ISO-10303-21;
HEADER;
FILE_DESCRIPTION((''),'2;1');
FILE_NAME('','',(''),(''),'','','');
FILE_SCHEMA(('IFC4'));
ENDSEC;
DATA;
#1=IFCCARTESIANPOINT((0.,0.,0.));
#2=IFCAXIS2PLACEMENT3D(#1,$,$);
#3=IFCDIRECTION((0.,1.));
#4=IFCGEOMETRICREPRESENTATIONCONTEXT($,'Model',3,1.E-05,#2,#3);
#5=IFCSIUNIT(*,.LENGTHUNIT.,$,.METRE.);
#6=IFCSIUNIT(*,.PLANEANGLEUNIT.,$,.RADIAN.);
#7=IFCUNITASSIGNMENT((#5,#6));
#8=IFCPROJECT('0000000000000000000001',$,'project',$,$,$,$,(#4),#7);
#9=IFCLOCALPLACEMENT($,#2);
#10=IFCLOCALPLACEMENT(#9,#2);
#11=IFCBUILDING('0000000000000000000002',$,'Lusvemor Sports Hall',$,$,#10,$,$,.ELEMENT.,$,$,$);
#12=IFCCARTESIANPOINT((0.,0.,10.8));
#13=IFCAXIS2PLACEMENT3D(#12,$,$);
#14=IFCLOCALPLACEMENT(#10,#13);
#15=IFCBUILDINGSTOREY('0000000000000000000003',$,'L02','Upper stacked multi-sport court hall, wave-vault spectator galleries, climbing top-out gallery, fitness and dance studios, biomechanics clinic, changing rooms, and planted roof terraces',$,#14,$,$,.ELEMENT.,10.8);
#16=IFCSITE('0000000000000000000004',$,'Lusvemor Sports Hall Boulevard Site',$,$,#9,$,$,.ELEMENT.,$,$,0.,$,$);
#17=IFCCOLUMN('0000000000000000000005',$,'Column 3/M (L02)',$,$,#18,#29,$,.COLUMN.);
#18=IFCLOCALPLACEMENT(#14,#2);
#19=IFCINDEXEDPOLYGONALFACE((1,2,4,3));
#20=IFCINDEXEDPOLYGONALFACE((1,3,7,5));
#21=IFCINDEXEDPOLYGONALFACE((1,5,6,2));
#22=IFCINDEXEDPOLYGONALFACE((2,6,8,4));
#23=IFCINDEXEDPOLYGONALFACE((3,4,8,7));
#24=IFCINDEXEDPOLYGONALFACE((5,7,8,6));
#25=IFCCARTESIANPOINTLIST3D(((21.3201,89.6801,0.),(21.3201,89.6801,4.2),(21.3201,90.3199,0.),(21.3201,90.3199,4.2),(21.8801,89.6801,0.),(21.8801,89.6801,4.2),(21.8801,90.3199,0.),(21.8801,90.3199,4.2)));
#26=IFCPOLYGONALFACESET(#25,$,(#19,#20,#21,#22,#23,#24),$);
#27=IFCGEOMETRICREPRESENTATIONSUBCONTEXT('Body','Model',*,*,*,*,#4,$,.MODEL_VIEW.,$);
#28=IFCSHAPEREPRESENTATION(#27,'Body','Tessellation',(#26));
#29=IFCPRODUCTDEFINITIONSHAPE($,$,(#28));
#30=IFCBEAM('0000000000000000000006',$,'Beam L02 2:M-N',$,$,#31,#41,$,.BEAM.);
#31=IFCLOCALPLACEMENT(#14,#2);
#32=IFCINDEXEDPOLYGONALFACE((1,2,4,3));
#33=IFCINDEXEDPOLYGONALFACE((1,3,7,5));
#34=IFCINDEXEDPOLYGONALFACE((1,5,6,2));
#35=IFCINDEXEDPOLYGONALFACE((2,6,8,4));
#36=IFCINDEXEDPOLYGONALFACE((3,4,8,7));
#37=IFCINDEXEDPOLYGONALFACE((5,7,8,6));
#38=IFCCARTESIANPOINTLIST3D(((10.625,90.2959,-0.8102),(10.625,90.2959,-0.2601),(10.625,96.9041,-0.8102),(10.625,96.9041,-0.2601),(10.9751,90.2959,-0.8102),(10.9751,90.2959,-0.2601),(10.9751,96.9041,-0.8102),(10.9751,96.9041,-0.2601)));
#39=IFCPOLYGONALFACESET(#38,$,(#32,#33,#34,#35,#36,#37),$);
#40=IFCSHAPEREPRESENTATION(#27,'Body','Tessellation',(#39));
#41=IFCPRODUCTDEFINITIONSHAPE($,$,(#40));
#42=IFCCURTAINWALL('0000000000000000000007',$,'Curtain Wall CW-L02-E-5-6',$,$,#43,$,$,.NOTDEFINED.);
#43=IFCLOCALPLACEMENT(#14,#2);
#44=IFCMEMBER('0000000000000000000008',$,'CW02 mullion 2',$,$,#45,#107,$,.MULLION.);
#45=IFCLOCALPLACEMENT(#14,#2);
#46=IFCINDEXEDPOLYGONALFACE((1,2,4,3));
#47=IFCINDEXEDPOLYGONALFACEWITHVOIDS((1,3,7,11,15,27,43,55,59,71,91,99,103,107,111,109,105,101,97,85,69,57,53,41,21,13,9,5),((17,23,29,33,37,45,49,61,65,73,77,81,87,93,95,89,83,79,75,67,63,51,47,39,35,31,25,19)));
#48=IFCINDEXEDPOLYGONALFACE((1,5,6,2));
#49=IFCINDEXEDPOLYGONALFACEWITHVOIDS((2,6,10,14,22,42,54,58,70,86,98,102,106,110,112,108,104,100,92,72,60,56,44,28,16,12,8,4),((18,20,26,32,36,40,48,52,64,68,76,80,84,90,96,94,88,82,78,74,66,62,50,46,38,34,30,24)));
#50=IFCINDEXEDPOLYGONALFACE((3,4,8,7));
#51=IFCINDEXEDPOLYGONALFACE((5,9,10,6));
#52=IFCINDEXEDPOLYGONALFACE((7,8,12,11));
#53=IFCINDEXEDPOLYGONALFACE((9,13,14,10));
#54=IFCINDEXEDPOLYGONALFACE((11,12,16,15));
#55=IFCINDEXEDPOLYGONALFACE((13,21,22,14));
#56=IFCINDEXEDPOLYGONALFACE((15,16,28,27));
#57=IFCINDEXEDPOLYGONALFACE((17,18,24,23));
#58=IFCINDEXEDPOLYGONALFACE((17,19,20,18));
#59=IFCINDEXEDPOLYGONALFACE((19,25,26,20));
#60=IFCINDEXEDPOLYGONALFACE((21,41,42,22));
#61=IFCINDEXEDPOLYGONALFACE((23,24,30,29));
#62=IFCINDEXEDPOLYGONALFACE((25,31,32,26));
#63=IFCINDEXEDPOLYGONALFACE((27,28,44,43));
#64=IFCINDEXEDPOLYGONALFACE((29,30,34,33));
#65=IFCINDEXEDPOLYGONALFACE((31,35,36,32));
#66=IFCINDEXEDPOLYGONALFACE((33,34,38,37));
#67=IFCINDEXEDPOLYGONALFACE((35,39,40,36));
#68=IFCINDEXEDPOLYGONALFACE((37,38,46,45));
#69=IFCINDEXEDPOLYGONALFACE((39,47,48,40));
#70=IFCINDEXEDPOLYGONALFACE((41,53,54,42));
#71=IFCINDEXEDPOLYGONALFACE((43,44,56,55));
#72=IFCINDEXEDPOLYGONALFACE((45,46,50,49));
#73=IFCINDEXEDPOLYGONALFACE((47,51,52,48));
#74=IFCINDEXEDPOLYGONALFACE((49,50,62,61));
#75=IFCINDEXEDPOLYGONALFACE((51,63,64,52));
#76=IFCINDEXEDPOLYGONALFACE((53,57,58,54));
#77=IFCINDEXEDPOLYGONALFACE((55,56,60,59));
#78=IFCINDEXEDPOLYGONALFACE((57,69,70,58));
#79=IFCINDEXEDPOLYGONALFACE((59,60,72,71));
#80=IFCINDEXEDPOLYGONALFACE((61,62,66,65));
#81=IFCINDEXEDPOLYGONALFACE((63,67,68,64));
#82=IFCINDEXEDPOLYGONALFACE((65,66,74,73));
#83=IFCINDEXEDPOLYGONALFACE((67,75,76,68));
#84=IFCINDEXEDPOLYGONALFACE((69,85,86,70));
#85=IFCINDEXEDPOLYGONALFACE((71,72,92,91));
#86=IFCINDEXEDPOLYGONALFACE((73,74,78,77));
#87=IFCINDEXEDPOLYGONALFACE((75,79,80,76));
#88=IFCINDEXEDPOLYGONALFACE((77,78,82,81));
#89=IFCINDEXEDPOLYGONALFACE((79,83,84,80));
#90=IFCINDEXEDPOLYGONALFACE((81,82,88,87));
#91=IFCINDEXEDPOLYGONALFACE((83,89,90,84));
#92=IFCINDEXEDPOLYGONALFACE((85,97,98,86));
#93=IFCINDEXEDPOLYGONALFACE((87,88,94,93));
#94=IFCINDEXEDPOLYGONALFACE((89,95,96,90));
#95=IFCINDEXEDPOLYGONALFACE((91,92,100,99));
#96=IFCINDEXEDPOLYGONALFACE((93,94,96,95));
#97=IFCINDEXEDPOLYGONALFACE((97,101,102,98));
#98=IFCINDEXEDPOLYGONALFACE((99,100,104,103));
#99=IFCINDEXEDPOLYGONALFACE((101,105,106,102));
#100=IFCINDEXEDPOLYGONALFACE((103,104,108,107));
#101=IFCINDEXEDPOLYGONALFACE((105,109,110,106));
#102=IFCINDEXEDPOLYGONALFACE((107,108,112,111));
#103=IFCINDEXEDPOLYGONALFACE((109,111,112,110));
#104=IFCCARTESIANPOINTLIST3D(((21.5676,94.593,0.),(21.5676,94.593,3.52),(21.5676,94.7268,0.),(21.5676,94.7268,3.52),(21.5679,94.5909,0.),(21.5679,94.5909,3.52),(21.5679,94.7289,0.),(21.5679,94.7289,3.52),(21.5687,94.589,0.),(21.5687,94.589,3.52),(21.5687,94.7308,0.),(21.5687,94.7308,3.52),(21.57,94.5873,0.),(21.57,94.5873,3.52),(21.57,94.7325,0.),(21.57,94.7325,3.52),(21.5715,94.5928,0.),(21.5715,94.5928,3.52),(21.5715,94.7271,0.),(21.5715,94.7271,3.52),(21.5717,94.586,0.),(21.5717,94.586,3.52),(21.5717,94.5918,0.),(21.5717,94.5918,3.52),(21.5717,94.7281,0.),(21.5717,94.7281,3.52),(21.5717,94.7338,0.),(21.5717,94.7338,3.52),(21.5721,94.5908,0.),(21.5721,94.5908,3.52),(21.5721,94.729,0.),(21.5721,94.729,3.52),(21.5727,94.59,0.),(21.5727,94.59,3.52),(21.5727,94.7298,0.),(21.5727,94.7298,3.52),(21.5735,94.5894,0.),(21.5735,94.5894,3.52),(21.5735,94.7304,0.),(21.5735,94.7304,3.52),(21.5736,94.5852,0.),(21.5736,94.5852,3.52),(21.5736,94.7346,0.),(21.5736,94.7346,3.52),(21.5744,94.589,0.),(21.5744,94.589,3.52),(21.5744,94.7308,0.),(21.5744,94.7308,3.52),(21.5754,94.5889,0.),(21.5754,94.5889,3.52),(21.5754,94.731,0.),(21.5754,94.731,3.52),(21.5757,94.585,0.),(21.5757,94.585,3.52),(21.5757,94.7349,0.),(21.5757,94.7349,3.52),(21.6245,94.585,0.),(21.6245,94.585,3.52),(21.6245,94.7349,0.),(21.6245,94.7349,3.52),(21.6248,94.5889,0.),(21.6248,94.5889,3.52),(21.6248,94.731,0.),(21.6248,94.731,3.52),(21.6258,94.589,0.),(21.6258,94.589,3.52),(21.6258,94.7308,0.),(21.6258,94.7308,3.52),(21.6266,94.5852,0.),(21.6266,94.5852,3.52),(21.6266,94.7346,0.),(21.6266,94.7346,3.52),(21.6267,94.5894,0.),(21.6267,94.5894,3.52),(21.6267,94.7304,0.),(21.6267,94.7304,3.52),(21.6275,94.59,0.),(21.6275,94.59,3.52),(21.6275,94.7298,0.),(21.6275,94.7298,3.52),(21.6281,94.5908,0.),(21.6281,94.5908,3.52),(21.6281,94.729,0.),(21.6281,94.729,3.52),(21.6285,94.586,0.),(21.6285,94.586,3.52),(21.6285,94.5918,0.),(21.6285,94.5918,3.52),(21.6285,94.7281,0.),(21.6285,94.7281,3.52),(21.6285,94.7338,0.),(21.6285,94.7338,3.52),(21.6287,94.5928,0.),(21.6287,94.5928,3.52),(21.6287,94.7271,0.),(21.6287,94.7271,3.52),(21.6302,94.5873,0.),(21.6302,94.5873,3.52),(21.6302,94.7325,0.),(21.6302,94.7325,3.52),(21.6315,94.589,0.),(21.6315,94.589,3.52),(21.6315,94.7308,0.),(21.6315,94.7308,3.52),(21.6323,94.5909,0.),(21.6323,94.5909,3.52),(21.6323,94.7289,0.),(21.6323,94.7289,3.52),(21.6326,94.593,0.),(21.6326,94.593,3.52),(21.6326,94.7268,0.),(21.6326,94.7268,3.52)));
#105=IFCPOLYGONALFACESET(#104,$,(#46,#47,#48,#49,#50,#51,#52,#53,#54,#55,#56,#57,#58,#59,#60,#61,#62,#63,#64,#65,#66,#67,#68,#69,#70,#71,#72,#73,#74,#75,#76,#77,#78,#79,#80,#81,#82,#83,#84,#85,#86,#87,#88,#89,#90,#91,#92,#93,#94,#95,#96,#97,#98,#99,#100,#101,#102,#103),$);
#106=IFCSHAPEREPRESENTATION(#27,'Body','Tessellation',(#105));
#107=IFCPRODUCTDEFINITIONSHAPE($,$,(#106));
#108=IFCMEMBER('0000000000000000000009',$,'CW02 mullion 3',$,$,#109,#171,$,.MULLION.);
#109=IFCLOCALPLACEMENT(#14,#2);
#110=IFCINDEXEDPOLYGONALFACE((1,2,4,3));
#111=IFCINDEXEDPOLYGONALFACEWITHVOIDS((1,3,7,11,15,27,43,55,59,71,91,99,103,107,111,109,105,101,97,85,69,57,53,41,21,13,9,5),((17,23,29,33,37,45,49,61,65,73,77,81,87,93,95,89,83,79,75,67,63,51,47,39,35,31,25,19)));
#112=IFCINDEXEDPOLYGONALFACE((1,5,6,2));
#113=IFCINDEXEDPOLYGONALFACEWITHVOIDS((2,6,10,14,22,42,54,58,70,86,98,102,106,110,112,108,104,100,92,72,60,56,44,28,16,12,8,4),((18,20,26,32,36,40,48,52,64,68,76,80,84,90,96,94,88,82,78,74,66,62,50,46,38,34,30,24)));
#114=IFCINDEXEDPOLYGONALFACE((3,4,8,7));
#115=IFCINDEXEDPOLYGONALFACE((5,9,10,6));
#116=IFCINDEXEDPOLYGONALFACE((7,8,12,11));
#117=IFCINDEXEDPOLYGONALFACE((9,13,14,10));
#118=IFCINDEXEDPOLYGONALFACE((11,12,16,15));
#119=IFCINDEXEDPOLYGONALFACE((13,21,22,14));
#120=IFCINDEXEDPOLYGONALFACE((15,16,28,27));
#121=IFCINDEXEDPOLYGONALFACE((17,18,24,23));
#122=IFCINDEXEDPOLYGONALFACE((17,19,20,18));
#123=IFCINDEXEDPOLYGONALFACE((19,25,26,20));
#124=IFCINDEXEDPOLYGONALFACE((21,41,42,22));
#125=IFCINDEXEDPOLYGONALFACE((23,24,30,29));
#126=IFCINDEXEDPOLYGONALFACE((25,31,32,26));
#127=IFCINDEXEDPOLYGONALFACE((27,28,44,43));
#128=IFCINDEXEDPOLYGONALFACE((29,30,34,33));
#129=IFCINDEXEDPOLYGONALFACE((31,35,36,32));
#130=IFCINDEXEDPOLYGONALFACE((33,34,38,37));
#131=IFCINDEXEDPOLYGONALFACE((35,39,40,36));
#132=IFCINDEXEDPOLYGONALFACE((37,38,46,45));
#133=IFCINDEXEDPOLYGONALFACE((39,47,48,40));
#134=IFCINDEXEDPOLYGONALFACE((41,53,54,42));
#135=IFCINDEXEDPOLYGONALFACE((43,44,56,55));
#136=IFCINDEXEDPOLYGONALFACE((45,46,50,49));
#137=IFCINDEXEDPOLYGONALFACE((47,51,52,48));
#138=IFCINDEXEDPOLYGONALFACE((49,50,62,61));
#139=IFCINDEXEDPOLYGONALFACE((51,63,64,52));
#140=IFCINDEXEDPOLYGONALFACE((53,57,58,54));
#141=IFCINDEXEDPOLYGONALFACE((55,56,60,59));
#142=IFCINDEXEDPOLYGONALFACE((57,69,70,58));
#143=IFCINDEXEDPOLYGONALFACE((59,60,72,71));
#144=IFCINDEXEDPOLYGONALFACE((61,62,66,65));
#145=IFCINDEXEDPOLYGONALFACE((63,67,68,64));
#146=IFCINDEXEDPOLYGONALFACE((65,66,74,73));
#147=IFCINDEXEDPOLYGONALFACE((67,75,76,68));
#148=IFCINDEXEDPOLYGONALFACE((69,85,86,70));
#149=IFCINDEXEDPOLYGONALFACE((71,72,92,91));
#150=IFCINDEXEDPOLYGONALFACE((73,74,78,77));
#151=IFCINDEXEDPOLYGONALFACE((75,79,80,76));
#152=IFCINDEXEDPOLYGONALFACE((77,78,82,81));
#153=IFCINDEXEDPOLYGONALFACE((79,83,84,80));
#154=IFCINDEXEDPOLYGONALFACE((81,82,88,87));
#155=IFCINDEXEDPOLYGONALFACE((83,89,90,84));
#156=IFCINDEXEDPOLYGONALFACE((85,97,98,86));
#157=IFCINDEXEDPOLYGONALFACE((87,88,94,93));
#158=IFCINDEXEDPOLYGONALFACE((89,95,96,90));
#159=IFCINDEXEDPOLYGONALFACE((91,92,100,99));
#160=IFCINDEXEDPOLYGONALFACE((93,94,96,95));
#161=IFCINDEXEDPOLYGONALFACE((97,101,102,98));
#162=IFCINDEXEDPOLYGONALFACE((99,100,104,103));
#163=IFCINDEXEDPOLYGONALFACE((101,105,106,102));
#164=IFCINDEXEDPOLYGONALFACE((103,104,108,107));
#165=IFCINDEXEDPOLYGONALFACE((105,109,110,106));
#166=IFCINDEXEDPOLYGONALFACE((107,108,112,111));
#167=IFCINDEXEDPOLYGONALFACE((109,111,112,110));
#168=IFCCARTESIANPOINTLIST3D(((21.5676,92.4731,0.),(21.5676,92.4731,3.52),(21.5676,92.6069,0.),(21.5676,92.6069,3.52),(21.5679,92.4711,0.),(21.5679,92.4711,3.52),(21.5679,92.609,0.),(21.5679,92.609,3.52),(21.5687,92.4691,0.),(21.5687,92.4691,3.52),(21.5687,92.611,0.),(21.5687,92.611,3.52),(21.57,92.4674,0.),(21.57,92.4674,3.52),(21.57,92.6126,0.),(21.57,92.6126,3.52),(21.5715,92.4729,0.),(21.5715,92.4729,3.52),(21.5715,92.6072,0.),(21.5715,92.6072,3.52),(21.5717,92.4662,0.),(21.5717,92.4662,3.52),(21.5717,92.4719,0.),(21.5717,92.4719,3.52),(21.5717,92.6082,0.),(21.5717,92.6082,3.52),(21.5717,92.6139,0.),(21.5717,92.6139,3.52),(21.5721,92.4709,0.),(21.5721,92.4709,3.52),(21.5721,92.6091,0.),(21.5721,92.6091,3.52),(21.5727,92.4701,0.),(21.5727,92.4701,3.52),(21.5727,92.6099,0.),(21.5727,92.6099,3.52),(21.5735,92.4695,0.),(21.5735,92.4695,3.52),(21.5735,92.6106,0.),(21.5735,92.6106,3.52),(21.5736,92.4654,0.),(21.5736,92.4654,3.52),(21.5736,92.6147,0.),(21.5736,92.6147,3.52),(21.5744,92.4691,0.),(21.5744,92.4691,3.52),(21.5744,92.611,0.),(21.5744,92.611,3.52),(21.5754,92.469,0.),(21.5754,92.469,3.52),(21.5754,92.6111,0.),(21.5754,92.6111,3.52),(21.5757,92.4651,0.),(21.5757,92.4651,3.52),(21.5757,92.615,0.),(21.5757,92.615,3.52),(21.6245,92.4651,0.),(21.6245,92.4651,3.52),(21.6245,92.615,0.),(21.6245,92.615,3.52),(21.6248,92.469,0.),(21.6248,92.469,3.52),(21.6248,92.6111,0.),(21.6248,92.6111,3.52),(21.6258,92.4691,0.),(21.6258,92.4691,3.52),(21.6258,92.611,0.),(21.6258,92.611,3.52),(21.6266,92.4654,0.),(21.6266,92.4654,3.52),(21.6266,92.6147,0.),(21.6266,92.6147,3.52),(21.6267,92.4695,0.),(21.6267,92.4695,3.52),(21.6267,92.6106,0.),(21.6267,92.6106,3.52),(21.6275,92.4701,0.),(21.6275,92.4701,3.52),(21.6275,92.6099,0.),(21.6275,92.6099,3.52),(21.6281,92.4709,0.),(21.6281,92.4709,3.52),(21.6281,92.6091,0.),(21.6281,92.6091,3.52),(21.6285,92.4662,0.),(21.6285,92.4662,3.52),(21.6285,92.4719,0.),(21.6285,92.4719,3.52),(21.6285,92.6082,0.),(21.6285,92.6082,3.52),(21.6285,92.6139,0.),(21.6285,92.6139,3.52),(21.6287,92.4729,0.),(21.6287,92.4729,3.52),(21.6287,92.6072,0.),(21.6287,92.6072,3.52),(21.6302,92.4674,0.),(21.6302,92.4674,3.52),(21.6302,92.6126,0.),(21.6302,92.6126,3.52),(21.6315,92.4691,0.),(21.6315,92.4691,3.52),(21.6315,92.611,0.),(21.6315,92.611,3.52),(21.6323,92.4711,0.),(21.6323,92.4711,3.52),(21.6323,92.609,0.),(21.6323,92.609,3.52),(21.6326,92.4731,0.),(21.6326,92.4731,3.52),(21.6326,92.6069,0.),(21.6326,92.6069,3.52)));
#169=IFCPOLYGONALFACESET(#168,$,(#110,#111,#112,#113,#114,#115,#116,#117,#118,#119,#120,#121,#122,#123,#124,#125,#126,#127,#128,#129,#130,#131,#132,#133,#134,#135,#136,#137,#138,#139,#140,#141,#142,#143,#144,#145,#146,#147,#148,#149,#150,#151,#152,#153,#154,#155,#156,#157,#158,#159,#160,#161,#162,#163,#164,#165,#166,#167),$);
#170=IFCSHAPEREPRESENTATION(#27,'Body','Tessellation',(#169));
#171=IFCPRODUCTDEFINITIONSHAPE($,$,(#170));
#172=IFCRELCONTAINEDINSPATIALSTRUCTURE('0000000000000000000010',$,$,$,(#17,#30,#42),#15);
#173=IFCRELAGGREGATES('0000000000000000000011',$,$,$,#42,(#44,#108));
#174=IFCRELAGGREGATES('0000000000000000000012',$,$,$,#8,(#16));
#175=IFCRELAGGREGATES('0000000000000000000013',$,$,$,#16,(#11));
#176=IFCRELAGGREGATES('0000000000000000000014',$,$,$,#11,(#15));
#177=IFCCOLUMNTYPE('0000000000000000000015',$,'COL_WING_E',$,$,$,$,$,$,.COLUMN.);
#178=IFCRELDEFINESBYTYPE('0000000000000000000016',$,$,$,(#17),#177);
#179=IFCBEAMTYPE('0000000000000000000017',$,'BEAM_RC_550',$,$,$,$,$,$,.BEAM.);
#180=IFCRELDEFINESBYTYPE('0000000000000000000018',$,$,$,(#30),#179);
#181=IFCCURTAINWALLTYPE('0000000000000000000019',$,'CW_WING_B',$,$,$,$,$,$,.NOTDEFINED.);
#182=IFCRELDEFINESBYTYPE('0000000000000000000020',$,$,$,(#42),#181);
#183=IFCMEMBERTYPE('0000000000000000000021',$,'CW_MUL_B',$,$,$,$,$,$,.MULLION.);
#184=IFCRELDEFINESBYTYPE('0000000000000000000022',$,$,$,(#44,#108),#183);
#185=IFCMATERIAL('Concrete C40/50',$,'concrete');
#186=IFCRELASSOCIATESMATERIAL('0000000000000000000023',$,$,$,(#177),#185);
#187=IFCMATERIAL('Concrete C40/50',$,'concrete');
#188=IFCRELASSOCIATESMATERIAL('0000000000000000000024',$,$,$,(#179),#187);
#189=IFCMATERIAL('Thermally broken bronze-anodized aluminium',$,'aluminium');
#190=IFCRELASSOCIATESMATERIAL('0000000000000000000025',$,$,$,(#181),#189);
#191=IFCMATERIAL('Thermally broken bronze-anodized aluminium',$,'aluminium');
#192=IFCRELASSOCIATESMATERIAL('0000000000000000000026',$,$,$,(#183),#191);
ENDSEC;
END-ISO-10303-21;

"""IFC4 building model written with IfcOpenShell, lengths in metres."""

from ifc_helpers import new_model, si_unit, direction, frame, origin, origin_2d, place, context, subcontext, project, spatial, rectangle, hollow_rectangle, extrude, material, material_profile, profile_set, type_object, element, aggregate, save


model = new_model("IFC4")

# Units and contexts
model_context = context("Model", 3, precision=1e-05, world=origin(), true_north=direction((0.0, 1.0)))
body_context = subcontext(model_context, "Body", "Model", "MODEL_VIEW")
ifc_project = project(units=[si_unit("LENGTHUNIT", "METRE"), si_unit("PLANEANGLEUNIT", "RADIAN")], contexts=[model_context])

# Site, building, storey
site_placement = place(None, origin())
site = spatial("IfcSite", under=ifc_project, at=site_placement, Name="Lusvemor Sports Hall Boulevard Site", CompositionType="ELEMENT", RefElevation=0.0)
building_placement = place(site_placement, origin())
building = spatial("IfcBuilding", under=site, at=building_placement, Name="Lusvemor Sports Hall", CompositionType="ELEMENT")
storey_placement = place(building_placement, frame((0.0, 0.0, 10.8)))
storey = spatial("IfcBuildingStorey", under=building, at=storey_placement, Name="L02", Description="Upper stacked multi-sport court hall, wave-vault spectator galleries, climbing top-out gallery, fitness and dance studios, biomechanics clinic, changing rooms, and planted roof terraces", CompositionType="ELEMENT", Elevation=10.8)

# Column
ifc_material_1 = material(Name="Concrete C40/50", Category="concrete")
ifc_material_profile_1 = material_profile(ifc_material_1, rectangle(XDim=0.5601, YDim=0.6399, at=origin_2d()), Name="RC560x640")
ifc_profile_set_1 = profile_set([ifc_material_profile_1], Name="Concrete C40/50")
column_type = type_object("IfcColumnType", Name="COL_WING_E", PredefinedType="COLUMN", material=ifc_profile_set_1)
column_placement = place(storey_placement, frame((21.6001, 90.0, 0.0), z_axis=(0.0, 0.0, 1.0), x_axis=(1.0, 0.0, 0.0)))
element("IfcColumn", 1, at=column_placement, inside=storey, type_object=column_type, Name="Column 3/M (L02)", PredefinedType="COLUMN", context=body_context, shape_type="SweptSolid", body=[
    extrude(rectangle(XDim=0.5601, YDim=0.6399, at=origin_2d()), origin(), (0.0, 0.0, 1.0), 4.2),
])

# Beam
ifc_material_2 = material(Name="Concrete C40/50", Category="concrete")
ifc_material_profile_2 = material_profile(ifc_material_2, rectangle(XDim=0.3501, YDim=0.55, at=origin_2d()), Name="RC350x550")
ifc_profile_set_2 = profile_set([ifc_material_profile_2], Name="Concrete C40/50")
beam_type_1 = type_object("IfcBeamType", Name="BEAM_RC_550", PredefinedType="BEAM", material=ifc_profile_set_2)
beam_1_placement = place(storey_placement, frame((10.8, 90.2959, -0.5352), z_axis=(0.0, 1.0, 0.0), x_axis=(-1.0, 0.0, 0.0)))
element("IfcBeam", 2, at=beam_1_placement, inside=storey, type_object=beam_type_1, Name="Beam L02 2:M-N", PredefinedType="BEAM", context=body_context, shape_type="SweptSolid", body=[
    extrude(rectangle(XDim=0.3501, YDim=0.55, at=origin_2d()), origin(), (0.0, 0.0, 1.0), 6.6082),
])

# Curtain wall, members
ifc_material_3 = material(Name="Thermally broken bronze-anodized aluminium", Category="aluminium")
curtain_wall_type = type_object("IfcCurtainWallType", Name="CW_WING_B", PredefinedType="NOTDEFINED", material=ifc_material_3)
curtain_wall_placement = place(storey_placement, origin())
curtain_wall = element("IfcCurtainWall", 3, at=curtain_wall_placement, inside=storey, type_object=curtain_wall_type, Name="Curtain Wall CW-L02-E-5-6", PredefinedType="NOTDEFINED")
ifc_material_4 = material(Name="Thermally broken bronze-anodized aluminium", Category="aluminium")
ifc_material_profile_3 = material_profile(ifc_material_4, hollow_rectangle(XDim=0.0649, YDim=0.1499, WallThickness=0.0039, InnerFilletRadius=0.0039, OuterFilletRadius=0.0081, at=origin_2d()), Name="CWMUL150x65x4")
ifc_profile_set_3 = profile_set([ifc_material_profile_3], Name="Thermally broken bronze-anodized aluminium")
member_type_1 = type_object("IfcMemberType", Name="CW_MUL_B", PredefinedType="MULLION", material=ifc_profile_set_3)
member_1_placement = place(storey_placement, frame((21.6001, 94.6599, 0.0), z_axis=(0.0, 0.0, 1.0), x_axis=(1.0, 0.0, 0.0)))
member_1 = element("IfcMember", 4, at=member_1_placement, type_object=member_type_1, Name="CW02 mullion 2", PredefinedType="MULLION", context=body_context, shape_type="SweptSolid", body=[
    extrude(hollow_rectangle(XDim=0.0649, YDim=0.1499, WallThickness=0.0039, InnerFilletRadius=0.0039, OuterFilletRadius=0.0081, at=origin_2d()), origin(), (0.0, 0.0, 1.0), 3.52),
])
member_2_placement = place(storey_placement, frame((21.6001, 92.54, 0.0), z_axis=(0.0, 0.0, 1.0), x_axis=(1.0, 0.0, 0.0)))
member_2 = element("IfcMember", 5, at=member_2_placement, type_object=member_type_1, Name="CW02 mullion 3", PredefinedType="MULLION", context=body_context, shape_type="SweptSolid", body=[
    extrude(hollow_rectangle(XDim=0.0649, YDim=0.1499, WallThickness=0.0039, InnerFilletRadius=0.0039, OuterFilletRadius=0.0081, at=origin_2d()), origin(), (0.0, 0.0, 1.0), 3.52),
])

aggregate(curtain_wall, [member_1, member_2])

save(model, "model.ifc")
